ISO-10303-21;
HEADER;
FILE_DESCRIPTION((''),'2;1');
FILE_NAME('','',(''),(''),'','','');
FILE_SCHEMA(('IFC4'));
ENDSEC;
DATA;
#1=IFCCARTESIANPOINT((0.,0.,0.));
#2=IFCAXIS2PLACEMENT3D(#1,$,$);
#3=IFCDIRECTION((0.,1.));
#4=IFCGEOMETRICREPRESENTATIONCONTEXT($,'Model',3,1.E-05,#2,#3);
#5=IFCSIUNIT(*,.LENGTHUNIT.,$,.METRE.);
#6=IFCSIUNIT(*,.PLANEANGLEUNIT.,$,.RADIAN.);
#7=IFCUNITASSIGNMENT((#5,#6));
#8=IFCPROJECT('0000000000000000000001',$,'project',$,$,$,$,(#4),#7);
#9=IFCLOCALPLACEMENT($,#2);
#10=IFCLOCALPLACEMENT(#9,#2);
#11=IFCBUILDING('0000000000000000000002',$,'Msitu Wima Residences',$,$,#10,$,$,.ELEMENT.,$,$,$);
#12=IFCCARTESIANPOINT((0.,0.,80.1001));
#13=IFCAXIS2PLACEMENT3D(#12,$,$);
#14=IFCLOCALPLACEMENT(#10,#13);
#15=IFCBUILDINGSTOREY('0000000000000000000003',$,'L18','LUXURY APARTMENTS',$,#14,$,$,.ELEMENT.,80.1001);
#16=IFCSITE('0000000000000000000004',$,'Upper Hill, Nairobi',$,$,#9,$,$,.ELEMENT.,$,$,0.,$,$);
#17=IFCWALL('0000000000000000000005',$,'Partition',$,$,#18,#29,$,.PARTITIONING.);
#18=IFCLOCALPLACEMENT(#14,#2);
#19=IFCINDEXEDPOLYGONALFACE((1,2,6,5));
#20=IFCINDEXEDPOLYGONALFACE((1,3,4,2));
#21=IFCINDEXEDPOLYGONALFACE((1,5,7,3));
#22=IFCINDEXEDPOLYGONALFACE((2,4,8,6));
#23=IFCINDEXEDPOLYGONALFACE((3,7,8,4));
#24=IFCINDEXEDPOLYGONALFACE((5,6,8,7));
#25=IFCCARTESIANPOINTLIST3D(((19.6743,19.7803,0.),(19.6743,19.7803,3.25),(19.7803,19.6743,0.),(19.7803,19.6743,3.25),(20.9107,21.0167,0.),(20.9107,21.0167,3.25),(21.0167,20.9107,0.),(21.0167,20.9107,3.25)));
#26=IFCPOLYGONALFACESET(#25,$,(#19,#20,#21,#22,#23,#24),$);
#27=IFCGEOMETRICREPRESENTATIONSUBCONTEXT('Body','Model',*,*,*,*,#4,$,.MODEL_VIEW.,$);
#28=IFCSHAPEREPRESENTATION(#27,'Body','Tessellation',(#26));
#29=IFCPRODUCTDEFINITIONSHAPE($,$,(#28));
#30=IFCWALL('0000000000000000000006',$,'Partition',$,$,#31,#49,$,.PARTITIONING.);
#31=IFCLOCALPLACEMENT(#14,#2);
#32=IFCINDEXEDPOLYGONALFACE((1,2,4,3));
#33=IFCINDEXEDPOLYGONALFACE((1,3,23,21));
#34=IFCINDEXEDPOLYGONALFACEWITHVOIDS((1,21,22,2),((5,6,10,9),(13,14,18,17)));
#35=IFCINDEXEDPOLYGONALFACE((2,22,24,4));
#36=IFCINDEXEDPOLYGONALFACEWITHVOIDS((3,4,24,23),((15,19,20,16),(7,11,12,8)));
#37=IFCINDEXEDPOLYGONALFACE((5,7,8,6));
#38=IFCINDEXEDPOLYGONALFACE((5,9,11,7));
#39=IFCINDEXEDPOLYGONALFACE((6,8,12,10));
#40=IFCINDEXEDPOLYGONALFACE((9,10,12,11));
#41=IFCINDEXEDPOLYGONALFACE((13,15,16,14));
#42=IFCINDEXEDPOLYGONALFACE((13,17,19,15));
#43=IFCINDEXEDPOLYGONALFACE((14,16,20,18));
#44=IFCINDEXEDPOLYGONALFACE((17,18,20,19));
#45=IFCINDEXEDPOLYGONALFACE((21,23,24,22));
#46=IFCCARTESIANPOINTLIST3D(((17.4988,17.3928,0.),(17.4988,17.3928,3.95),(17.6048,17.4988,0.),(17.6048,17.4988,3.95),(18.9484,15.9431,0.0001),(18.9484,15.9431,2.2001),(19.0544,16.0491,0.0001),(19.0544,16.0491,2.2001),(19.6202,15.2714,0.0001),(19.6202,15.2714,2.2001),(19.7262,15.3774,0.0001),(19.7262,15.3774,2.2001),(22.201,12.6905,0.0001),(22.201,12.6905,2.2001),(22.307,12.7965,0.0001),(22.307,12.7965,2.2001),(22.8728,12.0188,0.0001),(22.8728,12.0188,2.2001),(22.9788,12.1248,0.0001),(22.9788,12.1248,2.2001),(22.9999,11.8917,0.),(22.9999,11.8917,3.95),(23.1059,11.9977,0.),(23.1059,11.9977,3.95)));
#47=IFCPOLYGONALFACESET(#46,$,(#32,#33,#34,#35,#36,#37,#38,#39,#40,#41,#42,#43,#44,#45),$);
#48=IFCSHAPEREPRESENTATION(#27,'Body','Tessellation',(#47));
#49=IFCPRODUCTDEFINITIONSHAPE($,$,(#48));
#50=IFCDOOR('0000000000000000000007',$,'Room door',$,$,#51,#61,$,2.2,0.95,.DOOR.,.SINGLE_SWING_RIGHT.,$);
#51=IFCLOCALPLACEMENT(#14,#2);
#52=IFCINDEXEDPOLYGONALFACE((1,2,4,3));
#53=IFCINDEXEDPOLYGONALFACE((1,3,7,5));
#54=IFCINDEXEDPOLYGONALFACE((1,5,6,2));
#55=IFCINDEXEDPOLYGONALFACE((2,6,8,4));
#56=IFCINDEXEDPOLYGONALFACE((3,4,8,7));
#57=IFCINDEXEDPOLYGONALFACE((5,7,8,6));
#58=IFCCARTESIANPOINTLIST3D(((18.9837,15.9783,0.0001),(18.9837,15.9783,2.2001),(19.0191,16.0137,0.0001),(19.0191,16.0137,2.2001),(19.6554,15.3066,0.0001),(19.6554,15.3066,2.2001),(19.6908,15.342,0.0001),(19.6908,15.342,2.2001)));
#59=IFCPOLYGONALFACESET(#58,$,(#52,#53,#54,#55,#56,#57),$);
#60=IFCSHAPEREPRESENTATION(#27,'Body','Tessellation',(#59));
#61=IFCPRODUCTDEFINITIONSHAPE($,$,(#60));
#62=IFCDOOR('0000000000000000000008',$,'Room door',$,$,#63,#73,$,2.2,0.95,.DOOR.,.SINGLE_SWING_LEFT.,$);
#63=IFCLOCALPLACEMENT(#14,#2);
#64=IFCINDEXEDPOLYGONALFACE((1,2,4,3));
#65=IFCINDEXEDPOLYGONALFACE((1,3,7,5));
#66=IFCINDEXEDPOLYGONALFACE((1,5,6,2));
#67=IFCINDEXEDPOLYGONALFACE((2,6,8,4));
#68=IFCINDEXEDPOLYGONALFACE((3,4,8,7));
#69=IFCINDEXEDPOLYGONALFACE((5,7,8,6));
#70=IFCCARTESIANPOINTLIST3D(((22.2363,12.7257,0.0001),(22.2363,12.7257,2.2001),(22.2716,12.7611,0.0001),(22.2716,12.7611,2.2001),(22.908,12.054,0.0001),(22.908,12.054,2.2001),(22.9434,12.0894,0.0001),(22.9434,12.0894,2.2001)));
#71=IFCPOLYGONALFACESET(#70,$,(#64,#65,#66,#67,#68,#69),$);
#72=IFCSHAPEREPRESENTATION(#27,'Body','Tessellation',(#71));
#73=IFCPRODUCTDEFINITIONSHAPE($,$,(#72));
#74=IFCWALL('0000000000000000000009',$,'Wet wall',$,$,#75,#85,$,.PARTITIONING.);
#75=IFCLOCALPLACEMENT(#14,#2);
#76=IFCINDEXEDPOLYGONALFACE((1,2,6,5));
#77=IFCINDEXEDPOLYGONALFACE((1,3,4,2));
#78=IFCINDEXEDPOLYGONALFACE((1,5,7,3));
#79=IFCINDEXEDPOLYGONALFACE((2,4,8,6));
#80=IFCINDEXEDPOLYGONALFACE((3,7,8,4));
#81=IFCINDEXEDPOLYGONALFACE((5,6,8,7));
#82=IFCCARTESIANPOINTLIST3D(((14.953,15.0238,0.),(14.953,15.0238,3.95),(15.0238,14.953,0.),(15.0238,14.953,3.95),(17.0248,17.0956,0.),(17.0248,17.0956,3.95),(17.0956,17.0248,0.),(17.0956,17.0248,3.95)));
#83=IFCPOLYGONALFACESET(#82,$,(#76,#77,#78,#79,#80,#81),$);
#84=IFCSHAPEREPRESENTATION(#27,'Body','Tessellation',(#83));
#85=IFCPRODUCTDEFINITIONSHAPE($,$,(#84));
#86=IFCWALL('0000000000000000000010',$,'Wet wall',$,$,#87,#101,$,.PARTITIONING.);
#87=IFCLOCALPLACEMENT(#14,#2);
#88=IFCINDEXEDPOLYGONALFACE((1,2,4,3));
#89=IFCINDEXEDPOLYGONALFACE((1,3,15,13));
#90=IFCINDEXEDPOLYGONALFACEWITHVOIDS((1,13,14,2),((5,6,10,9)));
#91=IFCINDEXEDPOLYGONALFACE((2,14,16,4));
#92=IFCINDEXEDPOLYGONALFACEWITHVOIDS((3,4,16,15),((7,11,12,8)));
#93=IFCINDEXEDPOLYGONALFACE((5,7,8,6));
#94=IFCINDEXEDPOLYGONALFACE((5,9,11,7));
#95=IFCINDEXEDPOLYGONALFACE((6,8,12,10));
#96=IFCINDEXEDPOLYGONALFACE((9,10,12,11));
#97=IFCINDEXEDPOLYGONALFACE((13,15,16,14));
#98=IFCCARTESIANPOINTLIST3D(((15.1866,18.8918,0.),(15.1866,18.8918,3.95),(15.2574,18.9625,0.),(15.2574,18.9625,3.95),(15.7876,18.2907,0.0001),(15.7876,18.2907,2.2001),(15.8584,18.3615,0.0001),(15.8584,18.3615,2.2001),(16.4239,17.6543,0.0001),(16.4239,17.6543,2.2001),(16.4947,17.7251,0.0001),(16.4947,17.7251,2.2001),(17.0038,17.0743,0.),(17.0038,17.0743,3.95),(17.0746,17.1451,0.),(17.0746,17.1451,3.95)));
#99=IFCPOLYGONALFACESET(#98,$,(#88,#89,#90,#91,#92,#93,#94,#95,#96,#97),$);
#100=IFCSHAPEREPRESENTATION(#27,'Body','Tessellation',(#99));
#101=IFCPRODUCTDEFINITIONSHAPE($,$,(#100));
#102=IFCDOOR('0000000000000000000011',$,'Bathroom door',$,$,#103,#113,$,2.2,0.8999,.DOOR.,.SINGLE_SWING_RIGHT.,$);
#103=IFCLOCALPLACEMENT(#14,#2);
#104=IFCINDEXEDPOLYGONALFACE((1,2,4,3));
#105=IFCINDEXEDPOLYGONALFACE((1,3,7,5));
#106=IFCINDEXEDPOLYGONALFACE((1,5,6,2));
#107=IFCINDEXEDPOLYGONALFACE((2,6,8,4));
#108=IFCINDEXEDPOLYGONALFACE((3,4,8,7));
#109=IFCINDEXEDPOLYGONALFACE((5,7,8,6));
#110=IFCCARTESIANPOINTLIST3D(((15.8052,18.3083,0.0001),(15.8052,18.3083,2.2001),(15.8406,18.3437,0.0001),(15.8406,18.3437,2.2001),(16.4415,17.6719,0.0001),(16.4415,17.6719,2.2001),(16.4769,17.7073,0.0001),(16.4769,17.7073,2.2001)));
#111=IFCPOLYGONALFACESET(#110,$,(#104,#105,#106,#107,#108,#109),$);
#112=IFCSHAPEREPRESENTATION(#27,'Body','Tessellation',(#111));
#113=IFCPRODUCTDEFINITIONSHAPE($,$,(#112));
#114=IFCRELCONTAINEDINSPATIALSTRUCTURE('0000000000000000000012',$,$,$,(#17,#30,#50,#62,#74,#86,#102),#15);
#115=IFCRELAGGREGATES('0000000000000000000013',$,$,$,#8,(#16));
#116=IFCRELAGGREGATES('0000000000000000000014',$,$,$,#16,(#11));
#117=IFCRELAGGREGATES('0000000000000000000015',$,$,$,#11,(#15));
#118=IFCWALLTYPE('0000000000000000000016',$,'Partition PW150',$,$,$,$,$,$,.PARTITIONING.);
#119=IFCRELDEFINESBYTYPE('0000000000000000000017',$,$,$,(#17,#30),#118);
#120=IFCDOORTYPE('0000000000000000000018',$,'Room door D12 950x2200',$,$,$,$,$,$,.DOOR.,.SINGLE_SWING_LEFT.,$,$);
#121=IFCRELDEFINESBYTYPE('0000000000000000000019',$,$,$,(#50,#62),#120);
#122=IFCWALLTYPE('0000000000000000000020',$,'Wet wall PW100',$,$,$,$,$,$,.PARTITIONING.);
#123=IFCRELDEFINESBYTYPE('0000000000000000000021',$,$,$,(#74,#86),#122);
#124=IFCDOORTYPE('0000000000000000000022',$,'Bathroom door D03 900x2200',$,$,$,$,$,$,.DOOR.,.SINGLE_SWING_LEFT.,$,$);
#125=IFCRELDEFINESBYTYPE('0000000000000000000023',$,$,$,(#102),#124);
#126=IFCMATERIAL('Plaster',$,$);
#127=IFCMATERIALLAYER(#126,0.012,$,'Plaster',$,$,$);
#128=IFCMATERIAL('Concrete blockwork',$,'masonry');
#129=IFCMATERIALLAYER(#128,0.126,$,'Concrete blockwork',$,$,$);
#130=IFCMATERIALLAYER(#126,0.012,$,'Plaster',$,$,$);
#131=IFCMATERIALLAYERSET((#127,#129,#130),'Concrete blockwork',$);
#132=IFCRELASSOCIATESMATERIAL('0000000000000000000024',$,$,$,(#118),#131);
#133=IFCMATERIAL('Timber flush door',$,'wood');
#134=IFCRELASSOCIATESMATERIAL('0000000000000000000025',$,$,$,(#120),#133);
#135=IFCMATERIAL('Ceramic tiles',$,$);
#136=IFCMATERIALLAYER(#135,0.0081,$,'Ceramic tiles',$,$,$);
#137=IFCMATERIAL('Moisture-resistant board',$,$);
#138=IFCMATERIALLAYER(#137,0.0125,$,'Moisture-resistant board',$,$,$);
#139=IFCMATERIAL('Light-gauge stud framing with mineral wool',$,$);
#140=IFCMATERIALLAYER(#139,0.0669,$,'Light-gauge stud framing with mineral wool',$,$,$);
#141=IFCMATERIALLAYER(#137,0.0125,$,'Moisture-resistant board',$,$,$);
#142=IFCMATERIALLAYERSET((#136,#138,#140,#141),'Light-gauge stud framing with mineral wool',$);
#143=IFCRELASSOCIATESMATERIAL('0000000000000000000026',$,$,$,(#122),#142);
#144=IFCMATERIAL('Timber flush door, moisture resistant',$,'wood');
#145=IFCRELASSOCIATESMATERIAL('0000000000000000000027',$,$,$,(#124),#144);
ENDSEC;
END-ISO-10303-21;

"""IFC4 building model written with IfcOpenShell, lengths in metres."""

from ifc_helpers import new_model, si_unit, direction, frame, frame_2d, origin, place, context, subcontext, project, spatial, rectangle, extrude, material, layer, layer_set, type_object, element, fill, save


model = new_model("IFC4")

# Units and contexts
model_context = context("Model", 3, precision=1e-05, world=origin(), true_north=direction((0.0, 1.0)))
body_context = subcontext(model_context, "Body", "Model", "MODEL_VIEW")
ifc_project = project(units=[si_unit("LENGTHUNIT", "METRE"), si_unit("PLANEANGLEUNIT", "RADIAN")], contexts=[model_context])

# Site, building, storey
site_placement = place(None, origin())
site = spatial("IfcSite", under=ifc_project, at=site_placement, Name="Upper Hill, Nairobi", CompositionType="ELEMENT", RefElevation=0.0)
building_placement = place(site_placement, origin())
building = spatial("IfcBuilding", under=site, at=building_placement, Name="Msitu Wima Residences", CompositionType="ELEMENT")
storey_placement = place(building_placement, frame((0.0, 0.0, 80.1001)))
storey = spatial("IfcBuildingStorey", under=building, at=storey_placement, Name="L18", Description="LUXURY APARTMENTS", CompositionType="ELEMENT", Elevation=80.1001)

# Wall
ifc_material_1 = material(Name="Plaster")
ifc_layer_1 = layer(ifc_material_1, 0.012, Name="Plaster")
ifc_material_2 = material(Name="Concrete blockwork", Category="masonry")
ifc_layer_2 = layer(ifc_material_2, 0.126, Name="Concrete blockwork")
ifc_layer_3 = layer(ifc_material_1, 0.012, Name="Plaster")
ifc_layer_set_1 = layer_set([ifc_layer_1, ifc_layer_2, ifc_layer_3], Name="Concrete blockwork")
wall_type_1 = type_object("IfcWallType", Name="Partition PW150", PredefinedType="PARTITIONING", material=ifc_layer_set_1)
wall_1_placement = place(storey_placement, frame((19.7273, 19.7273, 0.0), z_axis=(0.0, 0.0, 1.0), x_axis=(0.707107, 0.707107, 0.0)))
element("IfcWall", 1, at=wall_1_placement, inside=storey, type_object=wall_type_1, Name="Partition", PredefinedType="PARTITIONING", context=body_context, shape_type="SweptSolid", body=[
    extrude(rectangle(XDim=1.7485, YDim=0.1499, at=frame_2d((0.8743, 0.0))), origin(), (0.0, 0.0, 1.0), 3.25),
])

# Wall, openings, doors
wall_2_placement = place(storey_placement, frame((17.5518, 17.4458, 0.0), z_axis=(0.0, 0.0, 1.0), x_axis=(0.707107, -0.707107, 0.0)))
wall_2 = element("IfcWall", 2, at=wall_2_placement, inside=storey, type_object=wall_type_1, Name="Partition", PredefinedType="PARTITIONING", context=body_context, shape_type="SweptSolid", body=[
    extrude(rectangle(XDim=7.7798, YDim=0.1499, at=frame_2d((3.8899, 0.0))), origin(), (0.0, 0.0, 1.0), 3.95),
])
opening_1_placement = place(wall_2_placement, frame((2.05, 0.0, 0.0)))
opening_1 = element("IfcOpeningElement", 3, at=opening_1_placement, cuts=wall_2, PredefinedType="OPENING", context=body_context, shape_type="SweptSolid", body=[
    extrude(rectangle(XDim=0.95, YDim=2.2, at=frame_2d((0.4751, 1.1001))), frame((0.0, 0.085, 0.0), z_axis=(0.0, -1.0, 0.0), x_axis=(1.0, 0.0, 0.0)), (0.0, 0.0, 1.0), 0.1699),
])
opening_2_placement = place(wall_2_placement, frame((6.6499, 0.0, 0.0)))
opening_2 = element("IfcOpeningElement", 4, at=opening_2_placement, cuts=wall_2, PredefinedType="OPENING", context=body_context, shape_type="SweptSolid", body=[
    extrude(rectangle(XDim=0.95, YDim=2.2, at=frame_2d((0.4751, 1.1001))), frame((0.0, 0.085, 0.0), z_axis=(0.0, -1.0, 0.0), x_axis=(1.0, 0.0, 0.0)), (0.0, 0.0, 1.0), 0.1699),
])
ifc_material_3 = material(Name="Timber flush door", Category="wood")
door_type_1 = type_object("IfcDoorType", Name="Room door D12 950x2200", OperationType="SINGLE_SWING_LEFT", PredefinedType="DOOR", material=ifc_material_3)
door_1_placement = place(opening_1_placement, origin())
door_1 = element("IfcDoor", 5, at=door_1_placement, inside=storey, type_object=door_type_1, Name="Room door", OperationType="SINGLE_SWING_RIGHT", OverallHeight=2.2, OverallWidth=0.95, PredefinedType="DOOR", context=body_context, shape_type="SweptSolid", body=[
    extrude(rectangle(XDim=0.95, YDim=2.2, at=frame_2d((0.4751, 1.1001))), frame((0.0, 0.0249, 0.0), z_axis=(0.0, -1.0, 0.0), x_axis=(1.0, 0.0, 0.0)), (0.0, 0.0, 1.0), 0.05),
])
fill(opening_1, door_1)
door_2_placement = place(opening_2_placement, origin())
door_2 = element("IfcDoor", 6, at=door_2_placement, inside=storey, type_object=door_type_1, Name="Room door", OperationType="SINGLE_SWING_LEFT", OverallHeight=2.2, OverallWidth=0.95, PredefinedType="DOOR", context=body_context, shape_type="SweptSolid", body=[
    extrude(rectangle(XDim=0.95, YDim=2.2, at=frame_2d((0.4751, 1.1001))), frame((0.0, 0.0249, 0.0), z_axis=(0.0, -1.0, 0.0), x_axis=(1.0, 0.0, 0.0)), (0.0, 0.0, 1.0), 0.05),
])
fill(opening_2, door_2)

# Wall
ifc_material_4 = material(Name="Ceramic tiles")
ifc_layer_4 = layer(ifc_material_4, 0.0081, Name="Ceramic tiles")
ifc_material_5 = material(Name="Moisture-resistant board")
ifc_layer_5 = layer(ifc_material_5, 0.0125, Name="Moisture-resistant board")
ifc_material_6 = material(Name="Light-gauge stud framing with mineral wool")
ifc_layer_6 = layer(ifc_material_6, 0.0669, Name="Light-gauge stud framing with mineral wool")
ifc_layer_7 = layer(ifc_material_5, 0.0125, Name="Moisture-resistant board")
ifc_layer_set_2 = layer_set([ifc_layer_4, ifc_layer_5, ifc_layer_6, ifc_layer_7], Name="Light-gauge stud framing with mineral wool")
wall_type_2 = type_object("IfcWallType", Name="Wet wall PW100", PredefinedType="PARTITIONING", material=ifc_layer_set_2)
wall_3_placement = place(storey_placement, frame((14.9885, 14.9885, 0.0), z_axis=(0.0, 0.0, 1.0), x_axis=(0.707107, 0.707107, 0.0)))
element("IfcWall", 7, at=wall_3_placement, inside=storey, type_object=wall_type_2, Name="Wet wall", PredefinedType="PARTITIONING", context=body_context, shape_type="SweptSolid", body=[
    extrude(rectangle(XDim=2.9299, YDim=0.1001, at=frame_2d((1.4648, 0.0))), origin(), (0.0, 0.0, 1.0), 3.95),
])

# Wall, opening, door
wall_4_placement = place(storey_placement, frame((15.2219, 18.9272, 0.0), z_axis=(0.0, 0.0, 1.0), x_axis=(0.707059, -0.707154, 0.0)))
wall_4 = element("IfcWall", 8, at=wall_4_placement, inside=storey, type_object=wall_type_2, Name="Wet wall", PredefinedType="PARTITIONING", context=body_context, shape_type="SweptSolid", body=[
    extrude(rectangle(XDim=2.5701, YDim=0.1001, at=frame_2d((1.2852, 0.0))), origin(), (0.0, 0.0, 1.0), 3.95),
])
opening_3_placement = place(wall_4_placement, frame((0.8501, 0.0, 0.0)))
opening_3 = element("IfcOpeningElement", 9, at=opening_3_placement, cuts=wall_4, PredefinedType="OPENING", context=body_context, shape_type="SweptSolid", body=[
    extrude(rectangle(XDim=0.8999, YDim=2.2, at=frame_2d((0.45, 1.1001))), frame((0.0, 0.0601, 0.0), z_axis=(0.0, -1.0, 0.0), x_axis=(1.0, 0.0, 0.0)), (0.0, 0.0, 1.0), 0.1201),
])
ifc_material_7 = material(Name="Timber flush door, moisture resistant", Category="wood")
door_type_2 = type_object("IfcDoorType", Name="Bathroom door D03 900x2200", OperationType="SINGLE_SWING_LEFT", PredefinedType="DOOR", material=ifc_material_7)
door_3_placement = place(opening_3_placement, origin())
door_3 = element("IfcDoor", 10, at=door_3_placement, inside=storey, type_object=door_type_2, Name="Bathroom door", OperationType="SINGLE_SWING_RIGHT", OverallHeight=2.2, OverallWidth=0.8999, PredefinedType="DOOR", context=body_context, shape_type="SweptSolid", body=[
    extrude(rectangle(XDim=0.8999, YDim=2.2, at=frame_2d((0.45, 1.1001))), frame((0.0, 0.0249, 0.0), z_axis=(0.0, -1.0, 0.0), x_axis=(1.0, 0.0, 0.0)), (0.0, 0.0, 1.0), 0.05),
])
fill(opening_3, door_3)

save(model, "model.ifc")
